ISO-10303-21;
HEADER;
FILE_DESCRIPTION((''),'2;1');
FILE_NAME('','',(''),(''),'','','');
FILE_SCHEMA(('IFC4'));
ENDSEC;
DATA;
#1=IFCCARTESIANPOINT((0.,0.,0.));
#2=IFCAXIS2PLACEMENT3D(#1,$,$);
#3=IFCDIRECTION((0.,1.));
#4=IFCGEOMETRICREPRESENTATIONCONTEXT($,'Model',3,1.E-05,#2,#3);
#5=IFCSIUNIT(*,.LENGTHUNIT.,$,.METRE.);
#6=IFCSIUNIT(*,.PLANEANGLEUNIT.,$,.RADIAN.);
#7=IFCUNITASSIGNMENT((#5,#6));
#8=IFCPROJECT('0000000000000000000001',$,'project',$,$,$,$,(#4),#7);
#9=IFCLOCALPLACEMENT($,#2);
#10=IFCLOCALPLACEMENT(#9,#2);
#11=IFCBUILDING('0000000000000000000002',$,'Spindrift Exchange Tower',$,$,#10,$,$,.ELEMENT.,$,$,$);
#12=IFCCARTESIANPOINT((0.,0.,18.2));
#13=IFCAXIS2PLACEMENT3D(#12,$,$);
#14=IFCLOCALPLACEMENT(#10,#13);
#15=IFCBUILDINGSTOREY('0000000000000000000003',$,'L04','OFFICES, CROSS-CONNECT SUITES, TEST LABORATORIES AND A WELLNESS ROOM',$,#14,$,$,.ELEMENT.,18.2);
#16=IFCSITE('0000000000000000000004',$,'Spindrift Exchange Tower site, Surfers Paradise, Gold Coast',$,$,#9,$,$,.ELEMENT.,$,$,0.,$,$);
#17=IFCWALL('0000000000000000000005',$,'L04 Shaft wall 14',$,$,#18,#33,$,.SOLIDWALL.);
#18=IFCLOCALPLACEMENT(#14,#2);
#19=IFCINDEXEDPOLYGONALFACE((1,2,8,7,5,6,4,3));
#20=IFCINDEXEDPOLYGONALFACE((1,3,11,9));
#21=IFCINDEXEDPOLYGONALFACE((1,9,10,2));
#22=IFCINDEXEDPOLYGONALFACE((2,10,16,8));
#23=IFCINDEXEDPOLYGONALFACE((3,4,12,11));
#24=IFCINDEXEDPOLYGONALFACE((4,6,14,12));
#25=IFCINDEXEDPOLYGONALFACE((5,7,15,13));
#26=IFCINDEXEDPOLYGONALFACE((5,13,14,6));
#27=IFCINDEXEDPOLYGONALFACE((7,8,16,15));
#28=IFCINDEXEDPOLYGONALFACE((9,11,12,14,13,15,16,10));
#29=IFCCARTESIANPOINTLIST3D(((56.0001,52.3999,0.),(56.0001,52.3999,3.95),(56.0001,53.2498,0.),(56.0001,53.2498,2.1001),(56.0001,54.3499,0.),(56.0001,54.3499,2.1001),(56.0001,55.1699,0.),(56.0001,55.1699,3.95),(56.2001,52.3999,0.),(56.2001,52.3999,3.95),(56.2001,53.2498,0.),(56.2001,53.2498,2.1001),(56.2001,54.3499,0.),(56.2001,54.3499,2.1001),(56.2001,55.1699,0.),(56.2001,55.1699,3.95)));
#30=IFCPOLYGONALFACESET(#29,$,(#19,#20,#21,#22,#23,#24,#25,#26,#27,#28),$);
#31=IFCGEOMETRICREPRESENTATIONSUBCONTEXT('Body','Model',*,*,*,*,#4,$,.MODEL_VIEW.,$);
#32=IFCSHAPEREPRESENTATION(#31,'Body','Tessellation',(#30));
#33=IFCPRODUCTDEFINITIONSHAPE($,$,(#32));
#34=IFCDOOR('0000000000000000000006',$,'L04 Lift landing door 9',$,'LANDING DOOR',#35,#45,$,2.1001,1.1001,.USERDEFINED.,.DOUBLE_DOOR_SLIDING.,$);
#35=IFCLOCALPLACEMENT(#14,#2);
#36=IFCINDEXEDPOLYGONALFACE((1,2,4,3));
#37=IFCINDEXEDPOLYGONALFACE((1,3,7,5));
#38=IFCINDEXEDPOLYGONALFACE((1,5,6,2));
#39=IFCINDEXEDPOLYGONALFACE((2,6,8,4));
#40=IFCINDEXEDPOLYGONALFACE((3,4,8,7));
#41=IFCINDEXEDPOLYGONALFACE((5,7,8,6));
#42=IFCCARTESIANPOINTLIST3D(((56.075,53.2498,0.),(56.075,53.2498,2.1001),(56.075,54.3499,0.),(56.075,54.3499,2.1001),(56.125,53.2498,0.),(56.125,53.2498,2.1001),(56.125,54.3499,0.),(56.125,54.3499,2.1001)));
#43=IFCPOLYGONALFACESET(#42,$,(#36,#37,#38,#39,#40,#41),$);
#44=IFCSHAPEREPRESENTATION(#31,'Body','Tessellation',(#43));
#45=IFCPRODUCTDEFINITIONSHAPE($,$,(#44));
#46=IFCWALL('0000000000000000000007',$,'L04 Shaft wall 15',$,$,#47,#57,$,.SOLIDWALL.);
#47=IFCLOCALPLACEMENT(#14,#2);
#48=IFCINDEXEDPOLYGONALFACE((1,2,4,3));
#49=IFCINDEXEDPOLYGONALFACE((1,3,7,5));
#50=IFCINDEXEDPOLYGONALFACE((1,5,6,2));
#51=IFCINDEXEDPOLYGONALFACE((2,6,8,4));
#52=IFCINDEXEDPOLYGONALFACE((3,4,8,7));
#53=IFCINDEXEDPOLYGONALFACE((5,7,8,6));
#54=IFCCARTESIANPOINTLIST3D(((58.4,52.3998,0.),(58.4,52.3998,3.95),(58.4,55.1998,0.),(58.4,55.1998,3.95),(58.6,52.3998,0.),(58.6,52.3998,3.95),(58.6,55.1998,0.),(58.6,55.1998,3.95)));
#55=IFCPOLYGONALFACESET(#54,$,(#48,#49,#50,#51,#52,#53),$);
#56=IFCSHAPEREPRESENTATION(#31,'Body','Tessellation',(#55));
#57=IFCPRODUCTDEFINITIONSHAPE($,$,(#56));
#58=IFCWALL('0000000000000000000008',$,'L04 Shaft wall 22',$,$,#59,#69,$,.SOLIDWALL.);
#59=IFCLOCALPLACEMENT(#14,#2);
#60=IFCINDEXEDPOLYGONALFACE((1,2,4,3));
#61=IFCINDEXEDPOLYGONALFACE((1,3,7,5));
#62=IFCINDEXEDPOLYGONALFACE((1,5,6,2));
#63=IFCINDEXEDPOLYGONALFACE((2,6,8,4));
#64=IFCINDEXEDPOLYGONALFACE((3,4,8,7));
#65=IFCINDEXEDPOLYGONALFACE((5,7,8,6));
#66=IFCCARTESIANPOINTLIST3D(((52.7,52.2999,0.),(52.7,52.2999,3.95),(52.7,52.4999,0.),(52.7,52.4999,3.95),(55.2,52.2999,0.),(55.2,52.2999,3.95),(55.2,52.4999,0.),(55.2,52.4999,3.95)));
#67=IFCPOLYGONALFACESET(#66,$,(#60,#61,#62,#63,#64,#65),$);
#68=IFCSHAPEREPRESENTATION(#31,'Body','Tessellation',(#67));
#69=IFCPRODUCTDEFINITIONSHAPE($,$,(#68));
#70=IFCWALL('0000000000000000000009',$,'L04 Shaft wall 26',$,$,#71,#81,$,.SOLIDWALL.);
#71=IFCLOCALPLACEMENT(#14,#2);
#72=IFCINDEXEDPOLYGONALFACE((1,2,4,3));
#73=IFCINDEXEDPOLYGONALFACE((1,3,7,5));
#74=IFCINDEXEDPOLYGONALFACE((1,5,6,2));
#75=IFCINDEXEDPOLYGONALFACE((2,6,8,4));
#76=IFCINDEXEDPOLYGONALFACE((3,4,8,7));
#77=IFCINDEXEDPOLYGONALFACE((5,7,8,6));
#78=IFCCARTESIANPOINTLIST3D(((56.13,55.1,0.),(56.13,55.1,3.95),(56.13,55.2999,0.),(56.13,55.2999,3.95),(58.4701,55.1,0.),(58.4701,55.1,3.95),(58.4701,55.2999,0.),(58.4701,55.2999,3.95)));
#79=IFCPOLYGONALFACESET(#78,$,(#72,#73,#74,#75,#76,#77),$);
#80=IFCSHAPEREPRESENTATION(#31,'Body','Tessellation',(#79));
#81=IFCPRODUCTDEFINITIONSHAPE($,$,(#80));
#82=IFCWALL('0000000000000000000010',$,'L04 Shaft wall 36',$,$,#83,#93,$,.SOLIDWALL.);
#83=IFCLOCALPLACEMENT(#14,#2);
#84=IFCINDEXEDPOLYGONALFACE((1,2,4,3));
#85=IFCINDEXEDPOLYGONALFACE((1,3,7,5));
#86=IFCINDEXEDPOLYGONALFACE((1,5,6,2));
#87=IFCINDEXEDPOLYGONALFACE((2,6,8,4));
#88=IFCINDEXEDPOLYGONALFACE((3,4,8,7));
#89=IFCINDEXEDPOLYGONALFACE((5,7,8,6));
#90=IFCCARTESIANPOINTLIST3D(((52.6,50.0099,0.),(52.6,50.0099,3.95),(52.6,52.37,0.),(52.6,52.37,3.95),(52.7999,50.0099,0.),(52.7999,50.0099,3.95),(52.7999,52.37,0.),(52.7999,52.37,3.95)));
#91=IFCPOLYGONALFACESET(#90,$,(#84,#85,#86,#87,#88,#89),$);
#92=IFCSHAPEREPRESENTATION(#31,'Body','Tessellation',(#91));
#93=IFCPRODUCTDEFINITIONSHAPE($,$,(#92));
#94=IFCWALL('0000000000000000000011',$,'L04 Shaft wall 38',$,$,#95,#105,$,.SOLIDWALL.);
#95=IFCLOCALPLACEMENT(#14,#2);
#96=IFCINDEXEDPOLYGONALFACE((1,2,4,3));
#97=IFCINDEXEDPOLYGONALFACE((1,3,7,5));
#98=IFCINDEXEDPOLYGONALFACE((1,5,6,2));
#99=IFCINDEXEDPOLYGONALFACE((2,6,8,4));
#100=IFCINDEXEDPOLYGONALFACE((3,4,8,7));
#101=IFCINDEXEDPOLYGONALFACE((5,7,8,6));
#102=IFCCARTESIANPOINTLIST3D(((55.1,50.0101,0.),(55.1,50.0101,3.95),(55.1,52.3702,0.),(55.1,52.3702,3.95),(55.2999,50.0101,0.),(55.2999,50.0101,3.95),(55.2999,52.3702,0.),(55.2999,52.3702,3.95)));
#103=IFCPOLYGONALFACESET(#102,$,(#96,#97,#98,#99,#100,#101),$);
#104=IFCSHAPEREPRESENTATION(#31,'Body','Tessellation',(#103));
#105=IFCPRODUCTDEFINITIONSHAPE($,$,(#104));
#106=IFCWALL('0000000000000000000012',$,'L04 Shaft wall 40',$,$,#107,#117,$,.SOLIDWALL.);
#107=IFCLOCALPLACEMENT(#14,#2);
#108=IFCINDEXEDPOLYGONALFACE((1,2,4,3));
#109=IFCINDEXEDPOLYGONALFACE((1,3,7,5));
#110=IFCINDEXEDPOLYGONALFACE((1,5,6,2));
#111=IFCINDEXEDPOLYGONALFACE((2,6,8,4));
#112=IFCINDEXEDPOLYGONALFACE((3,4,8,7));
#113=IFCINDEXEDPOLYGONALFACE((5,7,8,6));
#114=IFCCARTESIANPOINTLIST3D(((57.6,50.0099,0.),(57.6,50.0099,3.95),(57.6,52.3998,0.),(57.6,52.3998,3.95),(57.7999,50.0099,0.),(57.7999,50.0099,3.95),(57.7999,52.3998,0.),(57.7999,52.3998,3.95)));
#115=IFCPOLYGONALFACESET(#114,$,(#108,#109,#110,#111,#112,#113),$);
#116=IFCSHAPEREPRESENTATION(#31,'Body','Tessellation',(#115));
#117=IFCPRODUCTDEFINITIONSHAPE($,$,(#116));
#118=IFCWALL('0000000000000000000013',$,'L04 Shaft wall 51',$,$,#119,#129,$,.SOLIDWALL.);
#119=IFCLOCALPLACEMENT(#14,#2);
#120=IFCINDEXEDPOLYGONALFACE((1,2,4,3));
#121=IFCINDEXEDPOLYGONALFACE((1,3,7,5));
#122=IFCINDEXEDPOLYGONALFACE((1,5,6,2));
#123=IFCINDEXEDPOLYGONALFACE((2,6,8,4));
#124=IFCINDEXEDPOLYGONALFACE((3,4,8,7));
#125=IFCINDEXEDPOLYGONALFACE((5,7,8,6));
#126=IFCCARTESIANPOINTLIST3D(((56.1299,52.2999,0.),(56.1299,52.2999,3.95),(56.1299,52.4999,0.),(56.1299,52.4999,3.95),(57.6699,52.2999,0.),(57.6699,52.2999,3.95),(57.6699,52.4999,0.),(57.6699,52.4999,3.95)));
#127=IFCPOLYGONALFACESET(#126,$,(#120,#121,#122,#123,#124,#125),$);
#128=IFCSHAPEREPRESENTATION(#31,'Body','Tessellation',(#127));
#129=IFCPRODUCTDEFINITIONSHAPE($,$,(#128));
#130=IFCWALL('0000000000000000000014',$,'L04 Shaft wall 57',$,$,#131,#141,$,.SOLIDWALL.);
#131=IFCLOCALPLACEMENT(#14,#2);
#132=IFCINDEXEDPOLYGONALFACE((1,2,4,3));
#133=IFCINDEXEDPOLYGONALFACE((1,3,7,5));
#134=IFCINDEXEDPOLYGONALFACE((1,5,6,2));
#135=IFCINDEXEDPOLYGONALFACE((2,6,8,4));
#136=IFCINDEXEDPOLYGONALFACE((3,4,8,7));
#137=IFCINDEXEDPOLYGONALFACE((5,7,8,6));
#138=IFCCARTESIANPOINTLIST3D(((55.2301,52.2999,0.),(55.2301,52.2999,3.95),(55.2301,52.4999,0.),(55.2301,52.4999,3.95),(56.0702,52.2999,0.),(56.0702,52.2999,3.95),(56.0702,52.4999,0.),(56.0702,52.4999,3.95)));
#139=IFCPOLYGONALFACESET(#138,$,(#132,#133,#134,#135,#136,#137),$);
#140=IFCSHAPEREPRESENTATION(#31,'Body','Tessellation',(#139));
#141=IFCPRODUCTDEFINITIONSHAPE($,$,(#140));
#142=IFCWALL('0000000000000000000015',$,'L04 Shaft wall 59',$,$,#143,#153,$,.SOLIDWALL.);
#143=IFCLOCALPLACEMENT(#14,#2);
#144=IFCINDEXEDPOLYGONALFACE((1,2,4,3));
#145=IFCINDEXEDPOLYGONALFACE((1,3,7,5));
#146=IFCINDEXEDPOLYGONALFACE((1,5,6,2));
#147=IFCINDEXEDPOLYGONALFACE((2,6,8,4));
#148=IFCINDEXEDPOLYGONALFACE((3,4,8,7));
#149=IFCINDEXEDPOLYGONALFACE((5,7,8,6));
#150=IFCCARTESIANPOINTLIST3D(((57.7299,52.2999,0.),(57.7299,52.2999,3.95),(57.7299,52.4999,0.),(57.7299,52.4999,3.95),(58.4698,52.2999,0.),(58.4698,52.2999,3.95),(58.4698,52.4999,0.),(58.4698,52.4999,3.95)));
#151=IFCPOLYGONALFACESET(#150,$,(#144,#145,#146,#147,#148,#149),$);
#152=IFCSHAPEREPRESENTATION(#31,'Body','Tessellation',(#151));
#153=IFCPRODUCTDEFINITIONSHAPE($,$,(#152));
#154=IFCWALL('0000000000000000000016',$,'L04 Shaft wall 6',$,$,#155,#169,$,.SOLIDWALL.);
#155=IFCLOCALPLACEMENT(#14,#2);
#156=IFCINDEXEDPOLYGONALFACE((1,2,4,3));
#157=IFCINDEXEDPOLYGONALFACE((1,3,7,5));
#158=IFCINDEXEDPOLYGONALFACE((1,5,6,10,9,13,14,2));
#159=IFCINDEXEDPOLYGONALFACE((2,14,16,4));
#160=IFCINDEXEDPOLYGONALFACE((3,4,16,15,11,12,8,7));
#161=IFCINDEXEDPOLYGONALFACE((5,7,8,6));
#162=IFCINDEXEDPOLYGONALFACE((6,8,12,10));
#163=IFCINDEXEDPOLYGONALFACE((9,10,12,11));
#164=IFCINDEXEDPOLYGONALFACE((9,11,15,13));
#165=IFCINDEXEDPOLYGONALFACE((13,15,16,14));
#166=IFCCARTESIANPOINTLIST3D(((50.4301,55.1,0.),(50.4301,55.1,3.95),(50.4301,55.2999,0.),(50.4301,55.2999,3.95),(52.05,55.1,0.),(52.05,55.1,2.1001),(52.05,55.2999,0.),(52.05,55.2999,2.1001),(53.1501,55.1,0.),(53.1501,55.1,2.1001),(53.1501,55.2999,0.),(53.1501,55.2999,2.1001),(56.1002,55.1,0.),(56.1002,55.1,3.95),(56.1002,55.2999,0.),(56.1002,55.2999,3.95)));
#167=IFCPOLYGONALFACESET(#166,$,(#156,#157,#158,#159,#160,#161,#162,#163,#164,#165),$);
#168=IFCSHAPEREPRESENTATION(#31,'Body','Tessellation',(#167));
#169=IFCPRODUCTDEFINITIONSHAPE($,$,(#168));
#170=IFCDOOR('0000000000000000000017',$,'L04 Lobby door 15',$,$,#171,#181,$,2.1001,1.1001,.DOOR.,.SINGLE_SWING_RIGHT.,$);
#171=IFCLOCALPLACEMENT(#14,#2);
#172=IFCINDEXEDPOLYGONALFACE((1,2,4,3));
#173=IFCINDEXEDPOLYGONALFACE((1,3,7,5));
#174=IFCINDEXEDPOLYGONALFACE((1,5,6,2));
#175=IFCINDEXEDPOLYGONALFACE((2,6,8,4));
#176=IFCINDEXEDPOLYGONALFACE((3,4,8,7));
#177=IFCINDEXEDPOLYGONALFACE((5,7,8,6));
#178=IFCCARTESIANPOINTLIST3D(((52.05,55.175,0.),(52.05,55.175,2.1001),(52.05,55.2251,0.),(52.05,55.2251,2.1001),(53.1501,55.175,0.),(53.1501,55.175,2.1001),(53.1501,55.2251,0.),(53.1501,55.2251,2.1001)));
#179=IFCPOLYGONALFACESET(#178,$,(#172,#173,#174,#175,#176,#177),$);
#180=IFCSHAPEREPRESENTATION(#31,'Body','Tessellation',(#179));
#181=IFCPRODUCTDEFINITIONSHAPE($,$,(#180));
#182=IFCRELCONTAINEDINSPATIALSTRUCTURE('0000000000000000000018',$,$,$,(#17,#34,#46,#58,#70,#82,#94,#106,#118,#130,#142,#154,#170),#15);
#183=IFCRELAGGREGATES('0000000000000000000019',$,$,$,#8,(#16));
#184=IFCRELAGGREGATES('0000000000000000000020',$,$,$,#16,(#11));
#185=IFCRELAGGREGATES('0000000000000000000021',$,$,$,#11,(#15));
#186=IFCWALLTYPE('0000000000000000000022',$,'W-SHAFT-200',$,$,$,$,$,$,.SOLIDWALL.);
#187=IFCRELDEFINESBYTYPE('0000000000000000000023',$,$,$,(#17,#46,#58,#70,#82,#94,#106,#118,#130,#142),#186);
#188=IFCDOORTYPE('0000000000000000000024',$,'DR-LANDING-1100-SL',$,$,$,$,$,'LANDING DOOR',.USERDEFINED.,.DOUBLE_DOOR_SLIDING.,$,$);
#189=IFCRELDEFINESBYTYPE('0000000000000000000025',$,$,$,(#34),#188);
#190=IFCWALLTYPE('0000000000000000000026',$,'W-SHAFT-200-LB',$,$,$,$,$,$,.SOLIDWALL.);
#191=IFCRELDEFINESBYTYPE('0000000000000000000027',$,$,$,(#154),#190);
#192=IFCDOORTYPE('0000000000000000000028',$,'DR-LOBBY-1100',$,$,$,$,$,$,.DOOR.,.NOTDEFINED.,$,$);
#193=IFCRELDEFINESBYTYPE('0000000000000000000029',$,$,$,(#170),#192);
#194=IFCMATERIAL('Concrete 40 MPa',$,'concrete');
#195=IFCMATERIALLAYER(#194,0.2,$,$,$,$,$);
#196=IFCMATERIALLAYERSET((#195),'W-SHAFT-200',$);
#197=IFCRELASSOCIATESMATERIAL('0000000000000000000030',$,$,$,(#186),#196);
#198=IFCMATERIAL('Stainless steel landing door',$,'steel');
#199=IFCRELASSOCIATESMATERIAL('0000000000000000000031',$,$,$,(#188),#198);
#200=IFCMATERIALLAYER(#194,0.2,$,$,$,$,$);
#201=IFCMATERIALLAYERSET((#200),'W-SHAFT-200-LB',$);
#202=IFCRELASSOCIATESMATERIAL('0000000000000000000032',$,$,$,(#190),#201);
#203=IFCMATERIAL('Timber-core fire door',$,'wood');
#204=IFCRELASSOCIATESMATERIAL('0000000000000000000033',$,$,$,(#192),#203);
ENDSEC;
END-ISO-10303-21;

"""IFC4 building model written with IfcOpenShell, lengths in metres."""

from ifc_helpers import new_model, si_unit, direction, frame, frame_2d, origin, place, context, subcontext, project, spatial, rectangle, extrude, source, transform, mapped, material, layer, layer_set, type_object, element, fill, save


model = new_model("IFC4")

# Units and contexts
model_context = context("Model", 3, precision=1e-05, world=origin(), true_north=direction((0.0, 1.0)))
body_context = subcontext(model_context, "Body", "Model", "MODEL_VIEW")
ifc_project = project(units=[si_unit("LENGTHUNIT", "METRE"), si_unit("PLANEANGLEUNIT", "RADIAN")], contexts=[model_context])

# Site, building, storey
site_placement = place(None, origin())
site = spatial("IfcSite", under=ifc_project, at=site_placement, Name="Spindrift Exchange Tower site, Surfers Paradise, Gold Coast", CompositionType="ELEMENT", RefElevation=0.0)
building_placement = place(site_placement, origin())
building = spatial("IfcBuilding", under=site, at=building_placement, Name="Spindrift Exchange Tower", CompositionType="ELEMENT")
storey_placement = place(building_placement, frame((0.0, 0.0, 18.2)))
storey = spatial("IfcBuildingStorey", under=building, at=storey_placement, Name="L04", Description="OFFICES, CROSS-CONNECT SUITES, TEST LABORATORIES AND A WELLNESS ROOM", CompositionType="ELEMENT", Elevation=18.2)

# Wall, opening, door
ifc_material_1 = material(Name="Concrete 40 MPa", Category="concrete")
ifc_layer_1 = layer(ifc_material_1, 0.2)
ifc_layer_set_1 = layer_set([ifc_layer_1], Name="W-SHAFT-200")
wall_type_1 = type_object("IfcWallType", Name="W-SHAFT-200", PredefinedType="SOLIDWALL", material=ifc_layer_set_1)
wall_1_placement = place(storey_placement, frame((56.1001, 55.1699, 0.0), z_axis=(0.0, 0.0, 1.0), x_axis=(0.0, -1.0, 0.0)))
wall_1 = element("IfcWall", 1, at=wall_1_placement, inside=storey, type_object=wall_type_1, Name="L04 Shaft wall 14", PredefinedType="SOLIDWALL", context=body_context, shape_type="SweptSolid", body=[
    extrude(rectangle(XDim=2.77, YDim=0.2, at=frame_2d((1.385, 0.0))), origin(), (0.0, 0.0, 1.0), 3.95),
])
opening_1_placement = place(wall_1_placement, frame((0.8201, 0.0, 0.0)))
opening_1 = element("IfcOpeningElement", 2, at=opening_1_placement, cuts=wall_1, PredefinedType="OPENING", context=body_context, shape_type="SweptSolid", body=[
    extrude(rectangle(XDim=1.1001, YDim=2.1001, at=frame_2d((0.55, 1.05))), frame((0.0, 0.1099, 0.0), z_axis=(0.0, -1.0, 0.0), x_axis=(1.0, 0.0, 0.0)), (0.0, 0.0, 1.0), 0.22),
])
ifc_material_2 = material(Name="Stainless steel landing door", Category="steel")
door_type_1 = type_object("IfcDoorType", Name="DR-LANDING-1100-SL", ElementType="LANDING DOOR", OperationType="DOUBLE_DOOR_SLIDING", PredefinedType="USERDEFINED", material=ifc_material_2)
shared_shape_1 = source(origin(), body_context, "Body", "SweptSolid", [
    extrude(rectangle(XDim=1.1001, YDim=2.1001, at=frame_2d((0.55, 1.05))), frame((0.0, 0.0249, 0.0), z_axis=(0.0, -1.0, 0.0), x_axis=(1.0, 0.0, 0.0)), (0.0, 0.0, 1.0), 0.05),
])
door_1_placement = place(opening_1_placement, origin())
door_1 = element("IfcDoor", 3, at=door_1_placement, inside=storey, type_object=door_type_1, Name="L04 Lift landing door 9", ObjectType="LANDING DOOR", OperationType="DOUBLE_DOOR_SLIDING", OverallHeight=2.1001, OverallWidth=1.1001, PredefinedType="USERDEFINED", context=body_context, shape_type="MappedRepresentation", body=[
    mapped(shared_shape_1, transform((0.0, 0.0, 0.0), scale=1.0)),
])
fill(opening_1, door_1)

# Walls
wall_2_placement = place(storey_placement, frame((58.5, 52.3999, 0.0), z_axis=(0.0, 0.0, 1.0), x_axis=(0.0, 1.0, 0.0)))
element("IfcWall", 4, at=wall_2_placement, inside=storey, type_object=wall_type_1, Name="L04 Shaft wall 15", PredefinedType="SOLIDWALL", context=body_context, shape_type="SweptSolid", body=[
    extrude(rectangle(XDim=2.8, YDim=0.2, at=frame_2d((1.3999, 0.0))), origin(), (0.0, 0.0, 1.0), 3.95),
])
wall_3_placement = place(storey_placement, frame((55.2, 52.3999, 0.0), z_axis=(0.0, 0.0, 1.0), x_axis=(-1.0, 0.0, 0.0)))
element("IfcWall", 5, at=wall_3_placement, inside=storey, type_object=wall_type_1, Name="L04 Shaft wall 22", PredefinedType="SOLIDWALL", context=body_context, shape_type="SweptSolid", body=[
    extrude(rectangle(XDim=2.5, YDim=0.2, at=frame_2d((1.25, 0.0))), origin(), (0.0, 0.0, 1.0), 3.95),
])
wall_4_placement = place(storey_placement, frame((58.47, 55.2, 0.0), z_axis=(0.0, 0.0, 1.0), x_axis=(-1.0, 0.0, 0.0)))
element("IfcWall", 6, at=wall_4_placement, inside=storey, type_object=wall_type_1, Name="L04 Shaft wall 26", PredefinedType="SOLIDWALL", context=body_context, shape_type="SweptSolid", body=[
    extrude(rectangle(XDim=2.3401, YDim=0.2, at=frame_2d((1.1699, 0.0))), origin(), (0.0, 0.0, 1.0), 3.95),
])
for number, where, z_axis, x_axis, name in (
    (7, (52.7, 52.3701, 0.0), (0.0, 0.0, 1.0), (0.0, -1.0, 0.0), "L04 Shaft wall 36"),
    (8, (55.2, 50.01, 0.0), (0.0, 0.0, 1.0), (0.0, 1.0, 0.0), "L04 Shaft wall 38"),
):
    element("IfcWall", number, at=place(storey_placement, frame(where, z_axis=z_axis, x_axis=x_axis)), inside=storey, type_object=wall_type_1, Name=name, PredefinedType="SOLIDWALL", context=body_context, shape_type="SweptSolid", body=[
        extrude(rectangle(XDim=2.3601, YDim=0.2, at=frame_2d((1.1802, 0.0))), origin(), (0.0, 0.0, 1.0), 3.95),
    ])
wall_5_placement = place(storey_placement, frame((57.7, 50.01, 0.0), z_axis=(0.0, 0.0, 1.0), x_axis=(0.0, 1.0, 0.0)))
element("IfcWall", 9, at=wall_5_placement, inside=storey, type_object=wall_type_1, Name="L04 Shaft wall 40", PredefinedType="SOLIDWALL", context=body_context, shape_type="SweptSolid", body=[
    extrude(rectangle(XDim=2.3899, YDim=0.2, at=frame_2d((1.1948, 0.0))), origin(), (0.0, 0.0, 1.0), 3.95),
])
wall_6_placement = place(storey_placement, frame((57.6699, 52.3999, 0.0), z_axis=(0.0, 0.0, 1.0), x_axis=(-1.0, 0.0, 0.0)))
element("IfcWall", 10, at=wall_6_placement, inside=storey, type_object=wall_type_1, Name="L04 Shaft wall 51", PredefinedType="SOLIDWALL", context=body_context, shape_type="SweptSolid", body=[
    extrude(rectangle(XDim=1.54, YDim=0.2, at=frame_2d((0.77, 0.0))), origin(), (0.0, 0.0, 1.0), 3.95),
])
wall_7_placement = place(storey_placement, frame((56.0701, 52.3999, 0.0), z_axis=(0.0, 0.0, 1.0), x_axis=(-1.0, 0.0, 0.0)))
element("IfcWall", 11, at=wall_7_placement, inside=storey, type_object=wall_type_1, Name="L04 Shaft wall 57", PredefinedType="SOLIDWALL", context=body_context, shape_type="SweptSolid", body=[
    extrude(rectangle(XDim=0.8401, YDim=0.2, at=frame_2d((0.4199, 0.0))), origin(), (0.0, 0.0, 1.0), 3.95),
])
wall_8_placement = place(storey_placement, frame((58.47, 52.3999, 0.0), z_axis=(0.0, 0.0, 1.0), x_axis=(-1.0, 0.0, 0.0)))
element("IfcWall", 12, at=wall_8_placement, inside=storey, type_object=wall_type_1, Name="L04 Shaft wall 59", PredefinedType="SOLIDWALL", context=body_context, shape_type="SweptSolid", body=[
    extrude(rectangle(XDim=0.74, YDim=0.2, at=frame_2d((0.3701, 0.0))), origin(), (0.0, 0.0, 1.0), 3.95),
])

# Wall, opening, door
ifc_layer_2 = layer(ifc_material_1, 0.2)
ifc_layer_set_2 = layer_set([ifc_layer_2], Name="W-SHAFT-200-LB")
wall_type_2 = type_object("IfcWallType", Name="W-SHAFT-200-LB", PredefinedType="SOLIDWALL", material=ifc_layer_set_2)
wall_9_placement = place(storey_placement, frame((56.1001, 55.2, 0.0), z_axis=(0.0, 0.0, 1.0), x_axis=(-1.0, 0.0, 0.0)))
wall_9 = element("IfcWall", 13, at=wall_9_placement, inside=storey, type_object=wall_type_2, Name="L04 Shaft wall 6", PredefinedType="SOLIDWALL", context=body_context, shape_type="SweptSolid", body=[
    extrude(rectangle(XDim=5.6702, YDim=0.2, at=frame_2d((2.835, 0.0))), origin(), (0.0, 0.0, 1.0), 3.95),
])
opening_2_placement = place(wall_9_placement, frame((2.95, 0.0, 0.0)))
opening_2 = element("IfcOpeningElement", 14, at=opening_2_placement, cuts=wall_9, PredefinedType="OPENING", context=body_context, shape_type="SweptSolid", body=[
    extrude(rectangle(XDim=1.1001, YDim=2.1001, at=frame_2d((0.55, 1.05))), frame((0.0, 0.1099, 0.0), z_axis=(0.0, -1.0, 0.0), x_axis=(1.0, 0.0, 0.0)), (0.0, 0.0, 1.0), 0.22),
])
ifc_material_3 = material(Name="Timber-core fire door", Category="wood")
door_type_2 = type_object("IfcDoorType", Name="DR-LOBBY-1100", OperationType="NOTDEFINED", PredefinedType="DOOR", material=ifc_material_3)
shared_shape_2 = source(origin(), body_context, "Body", "SweptSolid", [
    extrude(rectangle(XDim=1.1001, YDim=2.1001, at=frame_2d((0.55, 1.05))), frame((0.0, 0.0249, 0.0), z_axis=(0.0, -1.0, 0.0), x_axis=(1.0, 0.0, 0.0)), (0.0, 0.0, 1.0), 0.05),
])
door_2_placement = place(opening_2_placement, origin())
door_2 = element("IfcDoor", 15, at=door_2_placement, inside=storey, type_object=door_type_2, Name="L04 Lobby door 15", OperationType="SINGLE_SWING_RIGHT", OverallHeight=2.1001, OverallWidth=1.1001, PredefinedType="DOOR", context=body_context, shape_type="MappedRepresentation", body=[
    mapped(shared_shape_2, transform((0.0, 0.0, 0.0), scale=1.0)),
])
fill(opening_2, door_2)

save(model, "model.ifc")
